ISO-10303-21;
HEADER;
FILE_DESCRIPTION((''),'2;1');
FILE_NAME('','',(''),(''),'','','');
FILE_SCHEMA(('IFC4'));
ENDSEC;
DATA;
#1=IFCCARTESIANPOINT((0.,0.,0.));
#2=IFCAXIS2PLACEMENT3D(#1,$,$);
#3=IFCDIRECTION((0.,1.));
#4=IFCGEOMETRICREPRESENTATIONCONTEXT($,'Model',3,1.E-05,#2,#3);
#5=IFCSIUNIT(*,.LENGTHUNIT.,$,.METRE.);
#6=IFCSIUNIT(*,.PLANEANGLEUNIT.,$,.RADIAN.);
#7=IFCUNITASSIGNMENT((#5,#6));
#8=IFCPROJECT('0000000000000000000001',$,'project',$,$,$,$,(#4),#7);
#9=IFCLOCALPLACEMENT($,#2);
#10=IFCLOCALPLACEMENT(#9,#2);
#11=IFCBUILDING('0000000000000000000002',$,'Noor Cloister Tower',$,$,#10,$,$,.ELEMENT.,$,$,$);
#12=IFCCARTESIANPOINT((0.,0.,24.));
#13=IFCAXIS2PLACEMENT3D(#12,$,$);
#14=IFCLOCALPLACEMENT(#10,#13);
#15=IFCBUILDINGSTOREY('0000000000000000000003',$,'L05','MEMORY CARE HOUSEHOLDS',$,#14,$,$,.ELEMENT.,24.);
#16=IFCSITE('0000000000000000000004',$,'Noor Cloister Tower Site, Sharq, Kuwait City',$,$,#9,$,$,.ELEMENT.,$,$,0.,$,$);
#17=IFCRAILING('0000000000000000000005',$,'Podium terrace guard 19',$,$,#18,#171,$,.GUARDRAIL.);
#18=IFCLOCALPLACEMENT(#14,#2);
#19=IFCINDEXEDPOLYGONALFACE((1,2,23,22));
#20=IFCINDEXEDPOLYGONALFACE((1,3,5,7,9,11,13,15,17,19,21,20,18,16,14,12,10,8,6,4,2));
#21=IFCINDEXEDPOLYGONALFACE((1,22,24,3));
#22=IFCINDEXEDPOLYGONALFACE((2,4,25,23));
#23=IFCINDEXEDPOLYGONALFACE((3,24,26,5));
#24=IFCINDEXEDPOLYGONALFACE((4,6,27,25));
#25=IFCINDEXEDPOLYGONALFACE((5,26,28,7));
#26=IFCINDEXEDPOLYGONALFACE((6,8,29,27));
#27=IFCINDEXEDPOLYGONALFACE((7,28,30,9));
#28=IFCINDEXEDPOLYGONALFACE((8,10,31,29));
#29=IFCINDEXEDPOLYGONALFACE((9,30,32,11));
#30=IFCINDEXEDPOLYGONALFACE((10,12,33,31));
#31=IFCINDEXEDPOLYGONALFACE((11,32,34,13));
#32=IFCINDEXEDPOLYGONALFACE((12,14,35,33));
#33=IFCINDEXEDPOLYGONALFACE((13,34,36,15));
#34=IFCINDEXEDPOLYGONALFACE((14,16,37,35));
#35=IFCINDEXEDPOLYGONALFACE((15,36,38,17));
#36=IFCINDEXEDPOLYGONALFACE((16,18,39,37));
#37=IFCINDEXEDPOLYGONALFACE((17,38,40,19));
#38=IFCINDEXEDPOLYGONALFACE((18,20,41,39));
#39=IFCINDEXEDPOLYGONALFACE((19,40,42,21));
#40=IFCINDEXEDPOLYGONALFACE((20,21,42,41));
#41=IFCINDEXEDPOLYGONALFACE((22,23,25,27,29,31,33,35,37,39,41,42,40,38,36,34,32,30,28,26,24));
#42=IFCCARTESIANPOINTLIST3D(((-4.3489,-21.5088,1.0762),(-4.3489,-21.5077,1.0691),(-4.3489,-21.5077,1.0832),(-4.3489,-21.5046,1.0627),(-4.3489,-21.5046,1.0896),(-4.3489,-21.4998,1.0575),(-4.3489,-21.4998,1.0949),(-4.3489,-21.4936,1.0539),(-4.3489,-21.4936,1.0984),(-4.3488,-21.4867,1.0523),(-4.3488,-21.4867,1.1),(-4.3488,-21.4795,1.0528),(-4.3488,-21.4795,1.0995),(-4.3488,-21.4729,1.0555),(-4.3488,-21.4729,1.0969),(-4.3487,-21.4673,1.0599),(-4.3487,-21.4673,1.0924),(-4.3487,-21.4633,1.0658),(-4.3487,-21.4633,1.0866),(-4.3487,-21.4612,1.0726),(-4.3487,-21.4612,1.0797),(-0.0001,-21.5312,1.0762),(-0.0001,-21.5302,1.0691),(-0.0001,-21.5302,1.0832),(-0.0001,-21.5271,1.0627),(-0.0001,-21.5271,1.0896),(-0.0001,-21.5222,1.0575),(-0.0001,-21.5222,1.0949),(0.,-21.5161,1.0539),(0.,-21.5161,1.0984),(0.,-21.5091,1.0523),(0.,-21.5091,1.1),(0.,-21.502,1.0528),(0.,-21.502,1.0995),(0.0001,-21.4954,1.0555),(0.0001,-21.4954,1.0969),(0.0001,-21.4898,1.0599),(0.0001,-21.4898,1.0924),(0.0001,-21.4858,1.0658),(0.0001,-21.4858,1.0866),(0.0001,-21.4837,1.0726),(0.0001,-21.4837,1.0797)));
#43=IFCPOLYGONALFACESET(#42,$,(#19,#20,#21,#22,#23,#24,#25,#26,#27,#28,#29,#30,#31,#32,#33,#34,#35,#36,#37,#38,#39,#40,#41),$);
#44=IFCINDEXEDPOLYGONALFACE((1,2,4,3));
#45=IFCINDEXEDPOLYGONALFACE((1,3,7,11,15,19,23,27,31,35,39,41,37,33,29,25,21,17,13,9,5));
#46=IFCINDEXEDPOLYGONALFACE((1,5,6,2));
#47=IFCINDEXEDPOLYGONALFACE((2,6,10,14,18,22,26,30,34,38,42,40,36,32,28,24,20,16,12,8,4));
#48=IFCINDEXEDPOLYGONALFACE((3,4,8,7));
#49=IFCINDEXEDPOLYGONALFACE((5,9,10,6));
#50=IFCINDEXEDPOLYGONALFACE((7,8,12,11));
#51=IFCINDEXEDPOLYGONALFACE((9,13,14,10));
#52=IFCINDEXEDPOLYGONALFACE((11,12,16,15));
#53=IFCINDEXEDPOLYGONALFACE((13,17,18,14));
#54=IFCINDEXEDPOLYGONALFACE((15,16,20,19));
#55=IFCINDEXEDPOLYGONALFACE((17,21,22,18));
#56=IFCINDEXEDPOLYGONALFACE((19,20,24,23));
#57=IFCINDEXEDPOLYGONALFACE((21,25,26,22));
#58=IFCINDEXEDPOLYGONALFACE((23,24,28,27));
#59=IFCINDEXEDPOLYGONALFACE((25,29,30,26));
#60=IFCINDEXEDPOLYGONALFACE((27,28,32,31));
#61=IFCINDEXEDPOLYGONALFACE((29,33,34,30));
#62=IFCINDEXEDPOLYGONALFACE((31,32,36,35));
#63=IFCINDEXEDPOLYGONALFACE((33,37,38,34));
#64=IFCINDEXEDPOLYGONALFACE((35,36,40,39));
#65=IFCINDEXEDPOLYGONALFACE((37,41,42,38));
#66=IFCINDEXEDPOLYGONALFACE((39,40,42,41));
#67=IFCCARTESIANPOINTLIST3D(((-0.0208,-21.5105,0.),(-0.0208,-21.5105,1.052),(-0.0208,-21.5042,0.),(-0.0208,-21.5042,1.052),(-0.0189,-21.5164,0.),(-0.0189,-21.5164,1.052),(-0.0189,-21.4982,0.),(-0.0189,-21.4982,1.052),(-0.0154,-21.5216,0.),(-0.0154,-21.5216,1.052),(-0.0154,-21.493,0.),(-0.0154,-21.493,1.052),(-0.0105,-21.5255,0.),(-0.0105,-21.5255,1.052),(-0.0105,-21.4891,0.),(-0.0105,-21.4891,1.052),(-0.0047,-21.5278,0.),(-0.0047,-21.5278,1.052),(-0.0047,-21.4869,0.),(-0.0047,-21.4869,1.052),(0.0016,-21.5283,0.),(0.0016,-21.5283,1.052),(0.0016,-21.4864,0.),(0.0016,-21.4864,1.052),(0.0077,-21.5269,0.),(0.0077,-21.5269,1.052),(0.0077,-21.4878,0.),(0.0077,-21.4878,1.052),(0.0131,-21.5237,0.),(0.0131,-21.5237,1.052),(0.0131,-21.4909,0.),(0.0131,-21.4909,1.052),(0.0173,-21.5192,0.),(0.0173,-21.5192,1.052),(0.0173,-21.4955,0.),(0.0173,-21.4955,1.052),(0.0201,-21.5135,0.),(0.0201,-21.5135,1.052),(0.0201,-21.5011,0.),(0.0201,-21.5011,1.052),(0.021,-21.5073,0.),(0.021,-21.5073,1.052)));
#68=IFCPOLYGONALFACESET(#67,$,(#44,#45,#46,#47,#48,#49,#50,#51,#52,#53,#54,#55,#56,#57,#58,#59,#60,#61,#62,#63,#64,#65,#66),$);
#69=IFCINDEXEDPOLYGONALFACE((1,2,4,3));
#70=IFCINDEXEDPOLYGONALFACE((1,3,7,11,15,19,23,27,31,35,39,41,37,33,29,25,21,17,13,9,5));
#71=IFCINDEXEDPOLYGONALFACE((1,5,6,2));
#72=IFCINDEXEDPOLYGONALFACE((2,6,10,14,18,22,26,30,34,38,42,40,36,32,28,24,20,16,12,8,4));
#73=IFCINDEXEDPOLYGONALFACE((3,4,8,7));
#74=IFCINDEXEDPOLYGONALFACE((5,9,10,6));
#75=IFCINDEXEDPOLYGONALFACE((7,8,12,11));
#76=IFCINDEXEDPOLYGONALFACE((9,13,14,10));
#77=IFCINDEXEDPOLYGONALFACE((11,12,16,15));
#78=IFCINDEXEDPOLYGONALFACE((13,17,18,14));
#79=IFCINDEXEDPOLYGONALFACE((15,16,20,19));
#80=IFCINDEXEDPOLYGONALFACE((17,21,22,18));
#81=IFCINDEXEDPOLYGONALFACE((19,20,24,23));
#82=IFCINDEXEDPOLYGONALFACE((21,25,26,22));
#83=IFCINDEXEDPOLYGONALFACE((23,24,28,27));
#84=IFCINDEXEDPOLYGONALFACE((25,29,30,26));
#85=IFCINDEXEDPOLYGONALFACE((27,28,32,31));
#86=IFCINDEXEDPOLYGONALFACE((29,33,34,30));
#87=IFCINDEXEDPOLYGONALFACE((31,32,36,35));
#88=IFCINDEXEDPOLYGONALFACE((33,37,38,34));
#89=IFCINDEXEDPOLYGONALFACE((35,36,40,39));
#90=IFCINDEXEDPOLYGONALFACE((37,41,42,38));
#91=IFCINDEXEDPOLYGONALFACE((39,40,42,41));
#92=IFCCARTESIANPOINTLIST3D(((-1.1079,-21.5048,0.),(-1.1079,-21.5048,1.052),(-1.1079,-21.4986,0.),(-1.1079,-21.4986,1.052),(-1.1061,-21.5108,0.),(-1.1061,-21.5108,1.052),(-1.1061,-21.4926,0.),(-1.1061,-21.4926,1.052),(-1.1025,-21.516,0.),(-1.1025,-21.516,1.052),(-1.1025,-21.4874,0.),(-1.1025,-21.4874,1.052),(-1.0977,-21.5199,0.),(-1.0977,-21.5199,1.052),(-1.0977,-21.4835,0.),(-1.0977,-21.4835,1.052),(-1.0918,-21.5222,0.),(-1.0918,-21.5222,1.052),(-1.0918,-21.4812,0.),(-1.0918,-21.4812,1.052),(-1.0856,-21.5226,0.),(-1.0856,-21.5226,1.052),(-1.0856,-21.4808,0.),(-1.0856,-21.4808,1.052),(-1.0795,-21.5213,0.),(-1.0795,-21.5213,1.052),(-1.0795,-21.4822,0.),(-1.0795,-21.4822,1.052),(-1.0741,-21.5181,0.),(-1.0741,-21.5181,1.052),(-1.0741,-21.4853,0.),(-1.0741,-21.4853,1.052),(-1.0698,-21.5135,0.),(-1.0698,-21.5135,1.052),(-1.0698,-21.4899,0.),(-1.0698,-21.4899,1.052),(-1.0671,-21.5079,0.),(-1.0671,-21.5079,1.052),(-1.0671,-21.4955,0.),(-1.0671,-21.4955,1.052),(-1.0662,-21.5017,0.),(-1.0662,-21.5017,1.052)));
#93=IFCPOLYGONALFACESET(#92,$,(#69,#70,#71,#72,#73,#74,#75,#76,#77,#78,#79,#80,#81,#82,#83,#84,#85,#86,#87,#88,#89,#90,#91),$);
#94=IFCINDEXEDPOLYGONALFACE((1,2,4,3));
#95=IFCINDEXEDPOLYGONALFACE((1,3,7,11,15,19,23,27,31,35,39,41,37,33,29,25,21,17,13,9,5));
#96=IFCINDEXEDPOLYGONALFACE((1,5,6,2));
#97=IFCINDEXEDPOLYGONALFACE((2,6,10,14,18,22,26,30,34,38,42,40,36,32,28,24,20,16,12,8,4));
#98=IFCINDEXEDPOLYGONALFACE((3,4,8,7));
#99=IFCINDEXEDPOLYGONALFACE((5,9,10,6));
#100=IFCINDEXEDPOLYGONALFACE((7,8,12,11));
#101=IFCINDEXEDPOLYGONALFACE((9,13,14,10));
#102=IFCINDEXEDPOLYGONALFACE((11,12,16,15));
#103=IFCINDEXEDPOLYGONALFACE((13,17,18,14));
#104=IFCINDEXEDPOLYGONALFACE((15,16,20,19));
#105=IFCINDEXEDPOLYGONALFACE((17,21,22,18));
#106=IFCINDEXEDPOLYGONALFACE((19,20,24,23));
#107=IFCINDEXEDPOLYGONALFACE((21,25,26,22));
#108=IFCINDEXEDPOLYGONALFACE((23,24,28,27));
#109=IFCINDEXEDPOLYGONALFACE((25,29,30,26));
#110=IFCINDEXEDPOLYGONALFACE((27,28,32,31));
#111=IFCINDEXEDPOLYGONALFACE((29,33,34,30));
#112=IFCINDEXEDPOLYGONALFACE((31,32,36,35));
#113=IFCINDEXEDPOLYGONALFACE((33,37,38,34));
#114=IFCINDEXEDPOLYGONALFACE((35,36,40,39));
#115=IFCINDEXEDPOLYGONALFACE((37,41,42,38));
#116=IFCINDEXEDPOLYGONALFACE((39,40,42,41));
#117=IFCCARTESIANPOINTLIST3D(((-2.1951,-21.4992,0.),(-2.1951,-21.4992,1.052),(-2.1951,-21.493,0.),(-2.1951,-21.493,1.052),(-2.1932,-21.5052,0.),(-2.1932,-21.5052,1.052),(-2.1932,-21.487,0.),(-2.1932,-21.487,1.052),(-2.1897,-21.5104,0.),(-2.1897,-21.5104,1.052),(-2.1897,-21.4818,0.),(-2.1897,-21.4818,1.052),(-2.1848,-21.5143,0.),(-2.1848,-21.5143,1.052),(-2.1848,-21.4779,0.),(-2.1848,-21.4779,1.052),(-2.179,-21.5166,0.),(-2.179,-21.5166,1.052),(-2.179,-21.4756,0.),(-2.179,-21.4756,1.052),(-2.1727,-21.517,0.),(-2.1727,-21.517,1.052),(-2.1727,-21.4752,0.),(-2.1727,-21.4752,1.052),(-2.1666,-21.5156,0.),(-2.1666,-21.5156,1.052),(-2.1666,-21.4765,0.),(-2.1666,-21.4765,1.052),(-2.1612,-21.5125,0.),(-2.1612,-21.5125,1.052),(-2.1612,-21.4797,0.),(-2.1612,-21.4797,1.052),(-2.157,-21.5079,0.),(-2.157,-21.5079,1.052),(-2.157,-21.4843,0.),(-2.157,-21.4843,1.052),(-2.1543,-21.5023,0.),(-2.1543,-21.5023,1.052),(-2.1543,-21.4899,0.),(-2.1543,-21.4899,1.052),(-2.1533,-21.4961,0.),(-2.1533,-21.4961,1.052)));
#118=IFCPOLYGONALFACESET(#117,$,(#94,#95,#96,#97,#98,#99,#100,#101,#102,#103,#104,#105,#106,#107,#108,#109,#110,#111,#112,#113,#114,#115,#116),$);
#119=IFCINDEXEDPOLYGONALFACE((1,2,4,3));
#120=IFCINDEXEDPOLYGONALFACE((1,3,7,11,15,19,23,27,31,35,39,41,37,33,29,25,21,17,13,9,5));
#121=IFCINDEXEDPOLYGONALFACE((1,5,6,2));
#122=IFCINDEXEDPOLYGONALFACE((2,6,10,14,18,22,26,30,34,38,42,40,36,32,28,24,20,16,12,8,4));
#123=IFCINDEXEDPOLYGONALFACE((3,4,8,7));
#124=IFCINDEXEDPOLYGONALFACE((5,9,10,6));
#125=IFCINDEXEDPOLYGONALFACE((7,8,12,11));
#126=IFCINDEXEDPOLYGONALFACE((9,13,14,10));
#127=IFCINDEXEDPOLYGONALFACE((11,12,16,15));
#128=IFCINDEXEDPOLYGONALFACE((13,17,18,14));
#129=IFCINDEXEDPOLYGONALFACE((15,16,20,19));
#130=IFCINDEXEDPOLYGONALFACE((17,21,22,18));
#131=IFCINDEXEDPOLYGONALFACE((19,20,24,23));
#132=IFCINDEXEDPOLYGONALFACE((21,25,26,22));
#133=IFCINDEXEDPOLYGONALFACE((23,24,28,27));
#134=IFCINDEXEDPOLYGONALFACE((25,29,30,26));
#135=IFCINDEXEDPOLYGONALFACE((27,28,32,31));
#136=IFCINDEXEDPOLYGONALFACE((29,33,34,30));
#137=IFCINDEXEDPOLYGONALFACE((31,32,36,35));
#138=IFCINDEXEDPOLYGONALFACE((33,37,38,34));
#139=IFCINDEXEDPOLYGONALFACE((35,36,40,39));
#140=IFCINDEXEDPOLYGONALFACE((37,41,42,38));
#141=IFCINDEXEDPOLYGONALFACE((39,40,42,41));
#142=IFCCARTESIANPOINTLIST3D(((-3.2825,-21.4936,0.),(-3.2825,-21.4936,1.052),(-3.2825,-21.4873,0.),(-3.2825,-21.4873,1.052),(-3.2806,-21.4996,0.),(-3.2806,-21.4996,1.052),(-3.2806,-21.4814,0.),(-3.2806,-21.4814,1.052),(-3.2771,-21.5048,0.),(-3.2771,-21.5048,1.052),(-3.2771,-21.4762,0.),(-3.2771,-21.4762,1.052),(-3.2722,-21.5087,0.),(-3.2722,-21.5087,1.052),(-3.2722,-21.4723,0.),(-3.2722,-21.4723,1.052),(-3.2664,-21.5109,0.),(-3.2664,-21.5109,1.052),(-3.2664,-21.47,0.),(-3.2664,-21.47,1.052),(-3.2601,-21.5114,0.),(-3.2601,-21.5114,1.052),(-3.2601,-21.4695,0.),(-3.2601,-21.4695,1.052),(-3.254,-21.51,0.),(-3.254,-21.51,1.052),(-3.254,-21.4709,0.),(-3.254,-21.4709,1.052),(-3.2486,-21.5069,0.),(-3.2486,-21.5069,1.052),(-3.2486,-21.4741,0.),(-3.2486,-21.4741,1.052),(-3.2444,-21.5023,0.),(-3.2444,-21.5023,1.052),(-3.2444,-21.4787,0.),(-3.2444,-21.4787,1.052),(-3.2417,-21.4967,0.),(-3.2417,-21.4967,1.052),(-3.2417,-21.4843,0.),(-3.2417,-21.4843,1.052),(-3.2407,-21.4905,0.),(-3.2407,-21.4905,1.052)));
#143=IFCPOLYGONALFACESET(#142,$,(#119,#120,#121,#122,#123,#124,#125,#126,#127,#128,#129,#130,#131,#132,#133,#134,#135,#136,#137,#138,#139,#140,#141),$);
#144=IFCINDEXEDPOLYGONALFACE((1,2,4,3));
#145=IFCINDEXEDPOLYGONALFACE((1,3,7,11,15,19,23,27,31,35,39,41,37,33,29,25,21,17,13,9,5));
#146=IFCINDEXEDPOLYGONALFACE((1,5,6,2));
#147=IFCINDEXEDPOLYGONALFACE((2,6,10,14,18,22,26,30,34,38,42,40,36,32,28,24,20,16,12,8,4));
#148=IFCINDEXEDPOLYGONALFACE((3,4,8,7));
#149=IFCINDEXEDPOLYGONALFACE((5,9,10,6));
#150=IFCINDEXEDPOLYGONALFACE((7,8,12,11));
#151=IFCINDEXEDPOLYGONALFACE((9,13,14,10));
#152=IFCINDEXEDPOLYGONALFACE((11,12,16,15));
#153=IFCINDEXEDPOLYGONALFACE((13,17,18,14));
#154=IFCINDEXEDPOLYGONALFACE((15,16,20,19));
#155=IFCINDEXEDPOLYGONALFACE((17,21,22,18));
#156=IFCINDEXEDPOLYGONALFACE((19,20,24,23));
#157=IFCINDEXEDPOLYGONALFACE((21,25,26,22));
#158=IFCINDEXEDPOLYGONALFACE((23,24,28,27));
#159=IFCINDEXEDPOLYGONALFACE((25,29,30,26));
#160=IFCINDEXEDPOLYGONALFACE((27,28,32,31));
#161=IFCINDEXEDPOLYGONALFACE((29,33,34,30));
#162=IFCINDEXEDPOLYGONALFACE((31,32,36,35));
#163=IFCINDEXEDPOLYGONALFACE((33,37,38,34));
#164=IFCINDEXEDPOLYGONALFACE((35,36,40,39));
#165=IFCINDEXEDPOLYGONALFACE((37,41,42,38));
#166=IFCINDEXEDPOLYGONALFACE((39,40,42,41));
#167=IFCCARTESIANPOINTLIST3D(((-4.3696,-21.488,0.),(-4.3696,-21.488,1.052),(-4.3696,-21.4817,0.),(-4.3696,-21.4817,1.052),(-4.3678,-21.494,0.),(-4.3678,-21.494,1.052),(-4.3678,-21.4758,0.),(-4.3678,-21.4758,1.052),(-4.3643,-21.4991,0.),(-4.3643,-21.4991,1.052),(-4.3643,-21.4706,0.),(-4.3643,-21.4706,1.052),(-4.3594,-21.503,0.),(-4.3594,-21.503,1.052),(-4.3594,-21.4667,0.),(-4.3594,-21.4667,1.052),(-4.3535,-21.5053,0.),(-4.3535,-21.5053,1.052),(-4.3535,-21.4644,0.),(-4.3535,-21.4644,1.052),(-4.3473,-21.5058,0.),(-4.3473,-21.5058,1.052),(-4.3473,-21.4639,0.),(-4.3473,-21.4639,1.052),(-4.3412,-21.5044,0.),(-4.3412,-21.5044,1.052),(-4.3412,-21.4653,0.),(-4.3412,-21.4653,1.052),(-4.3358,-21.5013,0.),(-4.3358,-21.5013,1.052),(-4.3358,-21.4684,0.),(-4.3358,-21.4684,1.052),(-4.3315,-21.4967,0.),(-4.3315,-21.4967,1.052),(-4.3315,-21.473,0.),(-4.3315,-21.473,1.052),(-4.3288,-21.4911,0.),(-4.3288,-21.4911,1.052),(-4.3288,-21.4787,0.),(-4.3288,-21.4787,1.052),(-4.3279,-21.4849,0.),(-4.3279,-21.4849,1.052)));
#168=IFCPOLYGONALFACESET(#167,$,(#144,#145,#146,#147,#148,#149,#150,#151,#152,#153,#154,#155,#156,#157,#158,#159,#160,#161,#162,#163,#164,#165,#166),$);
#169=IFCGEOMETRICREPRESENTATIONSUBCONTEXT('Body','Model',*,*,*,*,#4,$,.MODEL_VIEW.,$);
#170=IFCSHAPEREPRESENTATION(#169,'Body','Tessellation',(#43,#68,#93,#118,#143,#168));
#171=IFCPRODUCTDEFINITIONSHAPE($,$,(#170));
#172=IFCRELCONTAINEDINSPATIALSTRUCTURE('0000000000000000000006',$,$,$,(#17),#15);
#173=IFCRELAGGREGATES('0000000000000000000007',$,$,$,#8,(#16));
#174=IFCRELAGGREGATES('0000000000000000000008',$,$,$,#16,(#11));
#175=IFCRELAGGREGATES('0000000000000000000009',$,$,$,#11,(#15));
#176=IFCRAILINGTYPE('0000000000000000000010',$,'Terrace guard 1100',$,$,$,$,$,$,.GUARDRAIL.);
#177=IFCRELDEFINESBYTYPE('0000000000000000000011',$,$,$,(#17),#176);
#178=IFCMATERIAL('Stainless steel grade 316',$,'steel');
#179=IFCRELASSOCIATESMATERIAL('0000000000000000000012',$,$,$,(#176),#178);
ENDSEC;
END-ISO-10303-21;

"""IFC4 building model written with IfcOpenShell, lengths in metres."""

from ifc_helpers import new_model, si_unit, direction, frame, origin, origin_2d, place, context, subcontext, project, spatial, circle, extrude, material, type_object, element, save


model = new_model("IFC4")

# Units and contexts
model_context = context("Model", 3, precision=1e-05, world=origin(), true_north=direction((0.0, 1.0)))
body_context = subcontext(model_context, "Body", "Model", "MODEL_VIEW")
ifc_project = project(units=[si_unit("LENGTHUNIT", "METRE"), si_unit("PLANEANGLEUNIT", "RADIAN")], contexts=[model_context])

# Site, building, storey
site_placement = place(None, origin())
site = spatial("IfcSite", under=ifc_project, at=site_placement, Name="Noor Cloister Tower Site, Sharq, Kuwait City", CompositionType="ELEMENT", RefElevation=0.0)
building_placement = place(site_placement, origin())
building = spatial("IfcBuilding", under=site, at=building_placement, Name="Noor Cloister Tower", CompositionType="ELEMENT")
storey_placement = place(building_placement, frame((0.0, 0.0, 24.0)))
storey = spatial("IfcBuildingStorey", under=building, at=storey_placement, Name="L05", Description="MEMORY CARE HOUSEHOLDS", CompositionType="ELEMENT", Elevation=24.0)

# Railing
ifc_material_1 = material(Name="Stainless steel grade 316", Category="steel")
railing_type = type_object("IfcRailingType", Name="Terrace guard 1100", PredefinedType="GUARDRAIL", material=ifc_material_1)
railing_1_placement = place(storey_placement, frame((0.0, -21.5073, 0.0)))
element("IfcRailing", 1, at=railing_1_placement, inside=storey, type_object=railing_type, Name="Podium terrace guard 19", PredefinedType="GUARDRAIL", context=body_context, shape_type="SweptSolid", body=[
    extrude(circle(Radius=0.0239, at=origin_2d()), frame((0.0, 0.0, 1.0762), z_axis=(-0.999987, 0.005165, 0.0), x_axis=(-0.005165, -0.999987, 0.0)), (0.0, 0.0, 1.0), 4.3489),
    extrude(circle(Radius=0.021, at=origin_2d()), origin(), (0.0, 0.0, 1.0), 1.052),
    extrude(circle(Radius=0.021, at=origin_2d()), frame((-1.0872, 0.0056, 0.0)), (0.0, 0.0, 1.0), 1.052),
    extrude(circle(Radius=0.021, at=origin_2d()), frame((-2.1743, 0.0112, 0.0)), (0.0, 0.0, 1.0), 1.052),
    extrude(circle(Radius=0.021, at=origin_2d()), frame((-3.2617, 0.0168, 0.0)), (0.0, 0.0, 1.0), 1.052),
    extrude(circle(Radius=0.021, at=origin_2d()), frame((-4.3489, 0.0225, 0.0)), (0.0, 0.0, 1.0), 1.052),
])

save(model, "model.ifc")
